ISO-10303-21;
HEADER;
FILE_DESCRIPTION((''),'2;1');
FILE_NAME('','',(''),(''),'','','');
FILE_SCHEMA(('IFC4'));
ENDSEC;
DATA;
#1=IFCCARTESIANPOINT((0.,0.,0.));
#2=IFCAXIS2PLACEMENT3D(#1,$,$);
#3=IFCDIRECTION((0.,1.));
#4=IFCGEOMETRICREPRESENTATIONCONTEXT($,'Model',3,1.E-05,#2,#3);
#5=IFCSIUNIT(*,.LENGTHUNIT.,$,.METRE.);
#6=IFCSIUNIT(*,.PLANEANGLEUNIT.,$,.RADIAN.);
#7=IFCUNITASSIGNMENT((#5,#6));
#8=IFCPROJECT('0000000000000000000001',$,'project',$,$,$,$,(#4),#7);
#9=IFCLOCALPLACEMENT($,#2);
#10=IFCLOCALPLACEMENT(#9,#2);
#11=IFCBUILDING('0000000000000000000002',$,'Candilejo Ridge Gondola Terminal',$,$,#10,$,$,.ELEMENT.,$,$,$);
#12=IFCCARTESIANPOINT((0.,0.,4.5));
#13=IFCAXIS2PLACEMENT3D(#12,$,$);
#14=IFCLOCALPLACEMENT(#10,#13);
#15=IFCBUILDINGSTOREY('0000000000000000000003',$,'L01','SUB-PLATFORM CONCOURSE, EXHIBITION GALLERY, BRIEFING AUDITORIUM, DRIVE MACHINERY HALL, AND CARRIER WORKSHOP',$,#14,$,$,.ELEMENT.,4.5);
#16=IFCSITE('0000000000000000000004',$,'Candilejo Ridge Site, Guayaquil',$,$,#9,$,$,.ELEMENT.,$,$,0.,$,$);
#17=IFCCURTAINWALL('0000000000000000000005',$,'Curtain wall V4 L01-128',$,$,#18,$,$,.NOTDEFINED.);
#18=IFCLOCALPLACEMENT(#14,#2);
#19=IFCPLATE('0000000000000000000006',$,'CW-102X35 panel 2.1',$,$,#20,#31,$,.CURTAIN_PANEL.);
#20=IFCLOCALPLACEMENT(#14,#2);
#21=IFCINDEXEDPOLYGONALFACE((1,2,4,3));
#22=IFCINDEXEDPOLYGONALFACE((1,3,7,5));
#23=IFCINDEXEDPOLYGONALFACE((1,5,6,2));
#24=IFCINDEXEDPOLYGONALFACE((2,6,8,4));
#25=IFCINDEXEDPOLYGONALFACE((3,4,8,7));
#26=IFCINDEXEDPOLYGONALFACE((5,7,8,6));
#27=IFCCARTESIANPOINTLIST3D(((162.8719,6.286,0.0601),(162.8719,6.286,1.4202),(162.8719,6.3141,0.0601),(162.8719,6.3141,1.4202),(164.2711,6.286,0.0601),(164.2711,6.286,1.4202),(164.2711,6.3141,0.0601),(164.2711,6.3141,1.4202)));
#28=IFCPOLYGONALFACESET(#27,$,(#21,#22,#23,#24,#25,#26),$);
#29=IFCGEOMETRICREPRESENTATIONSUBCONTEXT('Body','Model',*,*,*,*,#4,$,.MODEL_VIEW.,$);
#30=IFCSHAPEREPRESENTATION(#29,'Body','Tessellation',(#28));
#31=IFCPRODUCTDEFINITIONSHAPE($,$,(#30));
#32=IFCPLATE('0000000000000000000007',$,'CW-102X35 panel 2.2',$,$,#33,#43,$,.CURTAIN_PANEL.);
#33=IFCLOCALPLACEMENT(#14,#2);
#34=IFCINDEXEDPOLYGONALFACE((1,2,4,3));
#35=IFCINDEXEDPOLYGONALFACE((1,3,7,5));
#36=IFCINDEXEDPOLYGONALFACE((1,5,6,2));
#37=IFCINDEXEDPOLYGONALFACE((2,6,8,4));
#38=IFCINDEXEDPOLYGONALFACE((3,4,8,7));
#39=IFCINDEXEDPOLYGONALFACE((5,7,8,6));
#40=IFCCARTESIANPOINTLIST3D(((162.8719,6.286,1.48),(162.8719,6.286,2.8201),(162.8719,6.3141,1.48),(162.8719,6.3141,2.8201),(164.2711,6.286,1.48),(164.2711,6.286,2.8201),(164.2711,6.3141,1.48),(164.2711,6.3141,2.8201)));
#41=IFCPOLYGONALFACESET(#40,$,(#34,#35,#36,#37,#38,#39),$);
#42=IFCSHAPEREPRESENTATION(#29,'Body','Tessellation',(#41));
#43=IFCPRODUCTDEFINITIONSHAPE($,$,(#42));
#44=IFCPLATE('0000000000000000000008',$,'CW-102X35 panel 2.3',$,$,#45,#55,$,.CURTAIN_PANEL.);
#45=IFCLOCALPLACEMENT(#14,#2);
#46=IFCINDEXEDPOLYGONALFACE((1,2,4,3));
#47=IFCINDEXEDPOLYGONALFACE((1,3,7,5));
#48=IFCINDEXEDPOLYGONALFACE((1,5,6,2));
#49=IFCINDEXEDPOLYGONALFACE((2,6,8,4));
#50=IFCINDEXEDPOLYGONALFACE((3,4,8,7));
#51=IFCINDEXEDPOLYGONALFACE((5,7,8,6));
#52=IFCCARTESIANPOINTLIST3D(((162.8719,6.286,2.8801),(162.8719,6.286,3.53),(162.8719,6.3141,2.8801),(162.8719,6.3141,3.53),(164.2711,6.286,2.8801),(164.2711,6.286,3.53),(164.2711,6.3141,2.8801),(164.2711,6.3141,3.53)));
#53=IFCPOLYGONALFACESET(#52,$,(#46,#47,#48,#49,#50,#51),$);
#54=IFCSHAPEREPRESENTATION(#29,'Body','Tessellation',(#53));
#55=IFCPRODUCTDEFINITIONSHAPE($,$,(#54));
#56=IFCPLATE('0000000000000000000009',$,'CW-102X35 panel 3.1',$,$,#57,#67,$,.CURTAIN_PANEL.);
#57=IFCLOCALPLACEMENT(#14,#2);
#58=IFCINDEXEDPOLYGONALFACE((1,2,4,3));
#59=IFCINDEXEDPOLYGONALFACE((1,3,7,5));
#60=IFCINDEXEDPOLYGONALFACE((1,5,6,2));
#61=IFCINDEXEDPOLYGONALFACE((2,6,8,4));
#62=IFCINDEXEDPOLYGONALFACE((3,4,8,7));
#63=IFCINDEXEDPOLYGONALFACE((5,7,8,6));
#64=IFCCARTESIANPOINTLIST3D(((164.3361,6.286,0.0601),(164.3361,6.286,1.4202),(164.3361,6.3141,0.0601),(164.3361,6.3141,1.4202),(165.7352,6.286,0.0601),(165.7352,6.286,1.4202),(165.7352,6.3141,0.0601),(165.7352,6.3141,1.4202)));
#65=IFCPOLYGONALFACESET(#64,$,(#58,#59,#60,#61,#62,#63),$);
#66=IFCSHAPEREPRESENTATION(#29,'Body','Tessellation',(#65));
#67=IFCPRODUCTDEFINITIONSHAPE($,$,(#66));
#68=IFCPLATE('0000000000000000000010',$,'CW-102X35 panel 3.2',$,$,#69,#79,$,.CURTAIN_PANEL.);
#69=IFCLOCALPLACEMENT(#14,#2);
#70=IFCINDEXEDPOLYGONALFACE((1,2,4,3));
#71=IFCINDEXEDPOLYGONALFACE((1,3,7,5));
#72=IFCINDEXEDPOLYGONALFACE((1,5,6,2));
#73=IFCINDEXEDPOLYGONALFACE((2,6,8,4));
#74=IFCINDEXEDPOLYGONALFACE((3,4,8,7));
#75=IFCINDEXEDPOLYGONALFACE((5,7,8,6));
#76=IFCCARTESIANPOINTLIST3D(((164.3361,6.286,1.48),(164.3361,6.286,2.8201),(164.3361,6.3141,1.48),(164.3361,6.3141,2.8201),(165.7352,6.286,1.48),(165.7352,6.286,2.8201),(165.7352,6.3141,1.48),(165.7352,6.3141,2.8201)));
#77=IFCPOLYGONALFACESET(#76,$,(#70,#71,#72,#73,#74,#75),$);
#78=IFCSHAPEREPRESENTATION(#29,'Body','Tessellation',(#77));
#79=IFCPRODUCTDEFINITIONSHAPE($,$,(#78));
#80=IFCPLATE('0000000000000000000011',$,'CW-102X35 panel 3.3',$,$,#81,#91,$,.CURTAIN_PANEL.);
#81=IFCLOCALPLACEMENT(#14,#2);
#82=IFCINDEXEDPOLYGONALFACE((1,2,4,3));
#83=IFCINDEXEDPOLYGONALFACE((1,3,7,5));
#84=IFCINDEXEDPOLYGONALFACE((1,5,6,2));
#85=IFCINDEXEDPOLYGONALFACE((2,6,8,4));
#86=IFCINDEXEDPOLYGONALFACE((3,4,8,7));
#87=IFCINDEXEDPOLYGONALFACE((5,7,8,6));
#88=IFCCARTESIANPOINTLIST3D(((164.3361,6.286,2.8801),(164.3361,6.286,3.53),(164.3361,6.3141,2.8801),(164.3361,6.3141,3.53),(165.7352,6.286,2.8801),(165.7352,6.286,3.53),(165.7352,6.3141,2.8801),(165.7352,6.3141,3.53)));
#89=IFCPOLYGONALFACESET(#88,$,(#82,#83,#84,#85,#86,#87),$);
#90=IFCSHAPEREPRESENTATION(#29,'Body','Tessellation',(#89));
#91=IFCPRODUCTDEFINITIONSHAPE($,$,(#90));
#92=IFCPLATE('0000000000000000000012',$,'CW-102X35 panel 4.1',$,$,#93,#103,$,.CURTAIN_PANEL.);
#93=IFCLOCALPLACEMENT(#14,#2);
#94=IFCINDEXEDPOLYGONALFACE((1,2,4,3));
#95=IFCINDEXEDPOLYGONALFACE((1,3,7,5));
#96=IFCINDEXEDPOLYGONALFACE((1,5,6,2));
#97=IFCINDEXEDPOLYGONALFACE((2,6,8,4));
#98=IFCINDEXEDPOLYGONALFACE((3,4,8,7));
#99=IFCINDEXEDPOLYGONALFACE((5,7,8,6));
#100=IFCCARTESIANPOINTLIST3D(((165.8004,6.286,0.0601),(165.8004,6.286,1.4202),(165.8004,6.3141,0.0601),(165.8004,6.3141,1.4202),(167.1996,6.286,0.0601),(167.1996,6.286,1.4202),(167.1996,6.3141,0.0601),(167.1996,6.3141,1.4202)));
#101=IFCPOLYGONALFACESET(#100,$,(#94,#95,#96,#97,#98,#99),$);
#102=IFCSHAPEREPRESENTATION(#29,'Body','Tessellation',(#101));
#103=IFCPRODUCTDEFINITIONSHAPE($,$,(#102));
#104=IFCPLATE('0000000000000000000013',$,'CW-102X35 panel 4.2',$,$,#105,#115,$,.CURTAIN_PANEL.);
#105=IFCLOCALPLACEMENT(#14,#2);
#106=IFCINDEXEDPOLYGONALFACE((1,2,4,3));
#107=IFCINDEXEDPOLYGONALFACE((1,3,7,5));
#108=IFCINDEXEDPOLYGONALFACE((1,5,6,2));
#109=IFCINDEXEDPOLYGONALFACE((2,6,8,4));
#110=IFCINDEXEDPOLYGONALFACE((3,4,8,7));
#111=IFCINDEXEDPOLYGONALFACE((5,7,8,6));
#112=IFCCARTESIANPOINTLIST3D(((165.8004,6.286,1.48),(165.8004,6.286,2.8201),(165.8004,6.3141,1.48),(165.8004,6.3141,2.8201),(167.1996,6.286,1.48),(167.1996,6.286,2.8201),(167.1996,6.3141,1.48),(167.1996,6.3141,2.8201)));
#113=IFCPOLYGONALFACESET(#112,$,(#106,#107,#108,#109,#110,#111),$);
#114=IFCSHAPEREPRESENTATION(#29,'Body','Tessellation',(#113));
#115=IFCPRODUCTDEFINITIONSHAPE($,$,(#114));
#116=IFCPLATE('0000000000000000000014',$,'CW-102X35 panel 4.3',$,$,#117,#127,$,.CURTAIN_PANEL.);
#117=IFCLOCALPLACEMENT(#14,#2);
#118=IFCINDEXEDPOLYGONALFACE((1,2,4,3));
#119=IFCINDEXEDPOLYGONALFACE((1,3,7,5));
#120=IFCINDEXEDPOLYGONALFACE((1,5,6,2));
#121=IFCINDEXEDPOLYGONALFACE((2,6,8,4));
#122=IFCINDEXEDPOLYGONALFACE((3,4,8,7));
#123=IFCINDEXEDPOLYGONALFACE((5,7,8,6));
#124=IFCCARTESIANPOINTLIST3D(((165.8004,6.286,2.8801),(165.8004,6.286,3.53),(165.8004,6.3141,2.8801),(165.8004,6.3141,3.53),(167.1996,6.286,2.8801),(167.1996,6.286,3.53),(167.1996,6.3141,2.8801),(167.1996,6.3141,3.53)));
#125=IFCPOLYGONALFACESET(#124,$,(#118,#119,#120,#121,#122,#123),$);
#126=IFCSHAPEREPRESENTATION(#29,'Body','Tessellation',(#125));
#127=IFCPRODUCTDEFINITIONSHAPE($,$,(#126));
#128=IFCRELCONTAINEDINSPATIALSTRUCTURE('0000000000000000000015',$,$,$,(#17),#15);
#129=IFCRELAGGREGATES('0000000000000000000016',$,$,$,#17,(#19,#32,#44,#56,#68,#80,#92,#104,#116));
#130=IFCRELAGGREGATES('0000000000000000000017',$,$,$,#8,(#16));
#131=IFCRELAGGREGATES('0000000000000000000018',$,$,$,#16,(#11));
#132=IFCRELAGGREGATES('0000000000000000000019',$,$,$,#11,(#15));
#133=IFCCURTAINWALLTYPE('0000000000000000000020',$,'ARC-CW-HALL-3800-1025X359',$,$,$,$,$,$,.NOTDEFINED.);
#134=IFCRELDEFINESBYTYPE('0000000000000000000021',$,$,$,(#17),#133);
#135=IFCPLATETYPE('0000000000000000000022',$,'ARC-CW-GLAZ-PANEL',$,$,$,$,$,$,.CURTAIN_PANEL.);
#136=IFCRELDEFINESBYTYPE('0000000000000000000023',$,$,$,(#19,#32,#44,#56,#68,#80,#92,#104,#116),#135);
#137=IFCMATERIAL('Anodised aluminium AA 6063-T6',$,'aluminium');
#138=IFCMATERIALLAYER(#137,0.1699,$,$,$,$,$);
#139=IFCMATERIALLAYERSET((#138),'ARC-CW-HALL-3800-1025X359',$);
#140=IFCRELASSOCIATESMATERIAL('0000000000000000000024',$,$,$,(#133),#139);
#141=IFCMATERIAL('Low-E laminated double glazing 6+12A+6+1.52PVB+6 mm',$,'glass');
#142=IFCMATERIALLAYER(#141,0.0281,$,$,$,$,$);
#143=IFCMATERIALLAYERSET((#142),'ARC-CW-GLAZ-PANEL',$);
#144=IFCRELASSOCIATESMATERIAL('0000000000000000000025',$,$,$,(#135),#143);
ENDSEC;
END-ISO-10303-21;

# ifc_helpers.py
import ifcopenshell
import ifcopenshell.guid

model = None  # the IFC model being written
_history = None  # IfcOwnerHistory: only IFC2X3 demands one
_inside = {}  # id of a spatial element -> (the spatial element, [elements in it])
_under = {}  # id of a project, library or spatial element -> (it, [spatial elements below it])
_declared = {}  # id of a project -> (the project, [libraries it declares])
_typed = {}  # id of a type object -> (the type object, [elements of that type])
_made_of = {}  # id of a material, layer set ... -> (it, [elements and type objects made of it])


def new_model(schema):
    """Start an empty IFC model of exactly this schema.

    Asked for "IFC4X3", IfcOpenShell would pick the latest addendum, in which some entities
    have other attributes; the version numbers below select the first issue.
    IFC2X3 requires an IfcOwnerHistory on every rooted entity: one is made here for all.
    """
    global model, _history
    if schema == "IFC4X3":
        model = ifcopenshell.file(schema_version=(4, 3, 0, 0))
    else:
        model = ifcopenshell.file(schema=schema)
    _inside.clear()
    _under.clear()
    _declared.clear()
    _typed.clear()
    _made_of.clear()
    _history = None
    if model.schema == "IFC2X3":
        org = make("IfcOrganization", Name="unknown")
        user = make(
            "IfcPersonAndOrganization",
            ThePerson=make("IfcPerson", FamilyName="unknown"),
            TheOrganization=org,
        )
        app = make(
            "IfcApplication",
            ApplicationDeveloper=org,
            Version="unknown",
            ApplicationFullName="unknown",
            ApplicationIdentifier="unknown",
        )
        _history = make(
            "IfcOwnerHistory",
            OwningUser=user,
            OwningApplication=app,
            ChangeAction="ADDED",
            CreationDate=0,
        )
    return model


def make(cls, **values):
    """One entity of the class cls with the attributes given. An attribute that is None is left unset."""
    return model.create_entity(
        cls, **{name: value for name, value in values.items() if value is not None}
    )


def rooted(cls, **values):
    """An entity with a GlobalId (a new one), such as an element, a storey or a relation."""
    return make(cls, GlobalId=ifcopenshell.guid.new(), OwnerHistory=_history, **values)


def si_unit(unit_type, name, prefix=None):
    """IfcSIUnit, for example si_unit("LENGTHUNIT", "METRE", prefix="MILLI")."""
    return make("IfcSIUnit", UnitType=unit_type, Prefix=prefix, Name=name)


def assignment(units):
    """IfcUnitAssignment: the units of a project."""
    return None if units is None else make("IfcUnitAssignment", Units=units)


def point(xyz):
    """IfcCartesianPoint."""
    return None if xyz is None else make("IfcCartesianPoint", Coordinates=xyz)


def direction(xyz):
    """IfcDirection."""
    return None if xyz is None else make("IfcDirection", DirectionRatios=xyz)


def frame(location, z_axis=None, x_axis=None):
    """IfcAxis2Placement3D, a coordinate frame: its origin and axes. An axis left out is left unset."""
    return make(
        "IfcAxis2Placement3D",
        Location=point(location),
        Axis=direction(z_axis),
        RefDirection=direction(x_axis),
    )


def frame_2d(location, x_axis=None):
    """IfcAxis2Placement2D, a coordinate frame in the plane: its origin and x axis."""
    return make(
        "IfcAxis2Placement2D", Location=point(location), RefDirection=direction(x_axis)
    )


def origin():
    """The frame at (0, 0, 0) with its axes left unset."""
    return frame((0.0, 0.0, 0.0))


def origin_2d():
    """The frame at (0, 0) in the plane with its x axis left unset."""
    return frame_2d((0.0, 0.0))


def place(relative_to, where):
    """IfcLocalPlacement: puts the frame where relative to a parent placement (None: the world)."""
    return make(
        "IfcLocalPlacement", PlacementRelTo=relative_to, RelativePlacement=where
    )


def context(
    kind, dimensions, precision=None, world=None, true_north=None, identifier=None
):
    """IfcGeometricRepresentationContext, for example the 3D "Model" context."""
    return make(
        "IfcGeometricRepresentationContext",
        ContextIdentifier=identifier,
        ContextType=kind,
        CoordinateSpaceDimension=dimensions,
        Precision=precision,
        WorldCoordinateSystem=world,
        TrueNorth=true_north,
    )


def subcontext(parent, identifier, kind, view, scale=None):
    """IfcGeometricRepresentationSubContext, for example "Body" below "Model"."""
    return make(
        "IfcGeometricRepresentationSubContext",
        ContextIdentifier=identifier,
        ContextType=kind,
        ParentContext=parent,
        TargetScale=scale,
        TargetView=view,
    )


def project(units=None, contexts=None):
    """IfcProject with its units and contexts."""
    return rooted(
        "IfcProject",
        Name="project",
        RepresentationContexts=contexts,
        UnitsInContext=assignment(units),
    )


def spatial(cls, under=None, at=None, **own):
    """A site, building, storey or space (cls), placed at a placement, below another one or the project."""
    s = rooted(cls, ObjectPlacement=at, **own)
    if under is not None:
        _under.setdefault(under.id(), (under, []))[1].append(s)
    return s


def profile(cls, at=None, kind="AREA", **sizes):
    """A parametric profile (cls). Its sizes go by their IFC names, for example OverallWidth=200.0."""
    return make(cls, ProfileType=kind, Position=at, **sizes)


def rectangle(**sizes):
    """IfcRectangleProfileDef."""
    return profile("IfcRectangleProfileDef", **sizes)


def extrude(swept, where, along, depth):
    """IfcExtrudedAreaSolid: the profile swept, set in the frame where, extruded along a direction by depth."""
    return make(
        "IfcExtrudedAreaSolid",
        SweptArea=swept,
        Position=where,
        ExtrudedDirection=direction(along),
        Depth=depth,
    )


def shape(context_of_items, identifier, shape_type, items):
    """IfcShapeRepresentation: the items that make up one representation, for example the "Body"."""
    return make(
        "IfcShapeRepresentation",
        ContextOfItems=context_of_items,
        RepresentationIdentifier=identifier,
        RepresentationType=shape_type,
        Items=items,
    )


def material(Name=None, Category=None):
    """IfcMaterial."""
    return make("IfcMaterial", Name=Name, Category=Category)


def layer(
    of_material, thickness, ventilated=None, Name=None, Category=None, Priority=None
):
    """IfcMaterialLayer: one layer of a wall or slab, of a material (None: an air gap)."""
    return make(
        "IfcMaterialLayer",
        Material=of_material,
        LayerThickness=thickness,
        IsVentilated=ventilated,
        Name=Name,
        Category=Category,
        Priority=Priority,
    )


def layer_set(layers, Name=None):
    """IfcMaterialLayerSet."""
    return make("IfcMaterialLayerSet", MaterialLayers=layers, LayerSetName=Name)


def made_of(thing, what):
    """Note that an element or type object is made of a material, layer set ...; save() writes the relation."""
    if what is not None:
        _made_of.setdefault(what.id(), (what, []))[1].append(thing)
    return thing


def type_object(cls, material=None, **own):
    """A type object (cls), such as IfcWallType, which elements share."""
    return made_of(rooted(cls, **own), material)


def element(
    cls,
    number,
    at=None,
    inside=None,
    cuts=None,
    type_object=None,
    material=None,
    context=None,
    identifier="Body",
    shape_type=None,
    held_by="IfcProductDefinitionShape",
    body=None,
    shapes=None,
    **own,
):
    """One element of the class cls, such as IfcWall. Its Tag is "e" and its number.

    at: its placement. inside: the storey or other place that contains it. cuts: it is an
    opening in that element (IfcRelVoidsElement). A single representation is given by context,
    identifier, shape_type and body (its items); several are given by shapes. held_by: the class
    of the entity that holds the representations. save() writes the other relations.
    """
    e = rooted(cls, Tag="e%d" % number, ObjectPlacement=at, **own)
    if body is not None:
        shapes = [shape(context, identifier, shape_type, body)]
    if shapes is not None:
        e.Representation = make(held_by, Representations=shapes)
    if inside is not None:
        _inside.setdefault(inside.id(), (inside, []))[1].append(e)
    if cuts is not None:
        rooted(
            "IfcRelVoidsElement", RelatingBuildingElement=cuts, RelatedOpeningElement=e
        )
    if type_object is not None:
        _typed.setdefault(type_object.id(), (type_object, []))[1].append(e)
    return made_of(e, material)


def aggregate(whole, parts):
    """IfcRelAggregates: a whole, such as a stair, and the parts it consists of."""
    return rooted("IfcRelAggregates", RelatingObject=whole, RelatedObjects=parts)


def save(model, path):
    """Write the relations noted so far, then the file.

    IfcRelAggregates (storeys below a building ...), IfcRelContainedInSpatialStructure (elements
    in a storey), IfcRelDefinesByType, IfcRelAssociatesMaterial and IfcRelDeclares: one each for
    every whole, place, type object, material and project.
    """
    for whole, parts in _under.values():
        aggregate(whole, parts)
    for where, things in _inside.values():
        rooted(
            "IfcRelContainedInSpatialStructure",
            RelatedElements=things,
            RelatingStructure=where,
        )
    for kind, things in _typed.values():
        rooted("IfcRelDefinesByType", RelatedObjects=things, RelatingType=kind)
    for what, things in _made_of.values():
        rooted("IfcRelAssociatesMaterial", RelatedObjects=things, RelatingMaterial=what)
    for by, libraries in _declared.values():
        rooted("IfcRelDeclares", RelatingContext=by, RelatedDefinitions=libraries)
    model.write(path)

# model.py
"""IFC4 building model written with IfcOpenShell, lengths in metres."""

from ifc_helpers import new_model, si_unit, direction, frame, origin, origin_2d, place, context, subcontext, project, spatial, rectangle, extrude, material, layer, layer_set, type_object, element, aggregate, save


model = new_model("IFC4")

# Units and contexts
model_context = context("Model", 3, precision=1e-05, world=origin(), true_north=direction((0.0, 1.0)))
body_context = subcontext(model_context, "Body", "Model", "MODEL_VIEW")
ifc_project = project(units=[si_unit("LENGTHUNIT", "METRE"), si_unit("PLANEANGLEUNIT", "RADIAN")], contexts=[model_context])

# Site, building, storey
site_placement = place(None, origin())
site = spatial("IfcSite", under=ifc_project, at=site_placement, Name="Candilejo Ridge Site, Guayaquil", CompositionType="ELEMENT", RefElevation=0.0)
building_placement = place(site_placement, origin())
building = spatial("IfcBuilding", under=site, at=building_placement, Name="Candilejo Ridge Gondola Terminal", CompositionType="ELEMENT")
storey_placement = place(building_placement, frame((0.0, 0.0, 4.5)))
storey = spatial("IfcBuildingStorey", under=building, at=storey_placement, Name="L01", Description="SUB-PLATFORM CONCOURSE, EXHIBITION GALLERY, BRIEFING AUDITORIUM, DRIVE MACHINERY HALL, AND CARRIER WORKSHOP", CompositionType="ELEMENT", Elevation=4.5)

# Curtain wall, plates
ifc_material_1 = material(Name="Anodised aluminium AA 6063-T6", Category="aluminium")
ifc_layer_1 = layer(ifc_material_1, 0.1699)
ifc_layer_set_1 = layer_set([ifc_layer_1], Name="ARC-CW-HALL-3800-1025X359")
curtain_wall_type = type_object("IfcCurtainWallType", Name="ARC-CW-HALL-3800-1025X359", PredefinedType="NOTDEFINED", material=ifc_layer_set_1)
curtain_wall_placement = place(storey_placement, origin())
curtain_wall = element("IfcCurtainWall", 1, at=curtain_wall_placement, inside=storey, type_object=curtain_wall_type, Name="Curtain wall V4 L01-128", PredefinedType="NOTDEFINED")
ifc_material_2 = material(Name="Low-E laminated double glazing 6+12A+6+1.52PVB+6 mm", Category="glass")
ifc_layer_2 = layer(ifc_material_2, 0.0281)
ifc_layer_set_2 = layer_set([ifc_layer_2], Name="ARC-CW-GLAZ-PANEL")
plate_type = type_object("IfcPlateType", Name="ARC-CW-GLAZ-PANEL", PredefinedType="CURTAIN_PANEL", material=ifc_layer_set_2)
plate_1_placement = place(storey_placement, frame((163.5715, 6.3, 0.0601), z_axis=(0.0, 0.0, 1.0), x_axis=(1.0, 0.0, 0.0)))
plate_1 = element("IfcPlate", 2, at=plate_1_placement, type_object=plate_type, Name="CW-102X35 panel 2.1", PredefinedType="CURTAIN_PANEL", context=body_context, shape_type="SweptSolid", body=[
    extrude(rectangle(XDim=1.3992, YDim=0.0281, at=origin_2d()), origin(), (0.0, 0.0, 1.0), 1.3601),
])
plate_2_placement = place(storey_placement, frame((163.5715, 6.3, 1.48), z_axis=(0.0, 0.0, 1.0), x_axis=(1.0, 0.0, 0.0)))
plate_2 = element("IfcPlate", 3, at=plate_2_placement, type_object=plate_type, Name="CW-102X35 panel 2.2", PredefinedType="CURTAIN_PANEL", context=body_context, shape_type="SweptSolid", body=[
    extrude(rectangle(XDim=1.3992, YDim=0.0281, at=origin_2d()), origin(), (0.0, 0.0, 1.0), 1.3401),
])
plate_3_placement = place(storey_placement, frame((163.5715, 6.3, 2.8801), z_axis=(0.0, 0.0, 1.0), x_axis=(1.0, 0.0, 0.0)))
plate_3 = element("IfcPlate", 4, at=plate_3_placement, type_object=plate_type, Name="CW-102X35 panel 2.3", PredefinedType="CURTAIN_PANEL", context=body_context, shape_type="SweptSolid", body=[
    extrude(rectangle(XDim=1.3992, YDim=0.0281, at=origin_2d()), origin(), (0.0, 0.0, 1.0), 0.6499),
])
plate_4_placement = place(storey_placement, frame((165.0356, 6.3, 0.0601), z_axis=(0.0, 0.0, 1.0), x_axis=(1.0, 0.0, 0.0)))
plate_4 = element("IfcPlate", 5, at=plate_4_placement, type_object=plate_type, Name="CW-102X35 panel 3.1", PredefinedType="CURTAIN_PANEL", context=body_context, shape_type="SweptSolid", body=[
    extrude(rectangle(XDim=1.3992, YDim=0.0281, at=origin_2d()), origin(), (0.0, 0.0, 1.0), 1.3601),
])
plate_5_placement = place(storey_placement, frame((165.0356, 6.3, 1.48), z_axis=(0.0, 0.0, 1.0), x_axis=(1.0, 0.0, 0.0)))
plate_5 = element("IfcPlate", 6, at=plate_5_placement, type_object=plate_type, Name="CW-102X35 panel 3.2", PredefinedType="CURTAIN_PANEL", context=body_context, shape_type="SweptSolid", body=[
    extrude(rectangle(XDim=1.3992, YDim=0.0281, at=origin_2d()), origin(), (0.0, 0.0, 1.0), 1.3401),
])
plate_6_placement = place(storey_placement, frame((165.0356, 6.3, 2.8801), z_axis=(0.0, 0.0, 1.0), x_axis=(1.0, 0.0, 0.0)))
plate_6 = element("IfcPlate", 7, at=plate_6_placement, type_object=plate_type, Name="CW-102X35 panel 3.3", PredefinedType="CURTAIN_PANEL", context=body_context, shape_type="SweptSolid", body=[
    extrude(rectangle(XDim=1.3992, YDim=0.0281, at=origin_2d()), origin(), (0.0, 0.0, 1.0), 0.6499),
])
plate_7_placement = place(storey_placement, frame((166.5, 6.3, 0.0601), z_axis=(0.0, 0.0, 1.0), x_axis=(1.0, 0.0, 0.0)))
plate_7 = element("IfcPlate", 8, at=plate_7_placement, type_object=plate_type, Name="CW-102X35 panel 4.1", PredefinedType="CURTAIN_PANEL", context=body_context, shape_type="SweptSolid", body=[
    extrude(rectangle(XDim=1.3992, YDim=0.0281, at=origin_2d()), origin(), (0.0, 0.0, 1.0), 1.3601),
])
plate_8_placement = place(storey_placement, frame((166.5, 6.3, 1.48), z_axis=(0.0, 0.0, 1.0), x_axis=(1.0, 0.0, 0.0)))
plate_8 = element("IfcPlate", 9, at=plate_8_placement, type_object=plate_type, Name="CW-102X35 panel 4.2", PredefinedType="CURTAIN_PANEL", context=body_context, shape_type="SweptSolid", body=[
    extrude(rectangle(XDim=1.3992, YDim=0.0281, at=origin_2d()), origin(), (0.0, 0.0, 1.0), 1.3401),
])
plate_9_placement = place(storey_placement, frame((166.5, 6.3, 2.8801), z_axis=(0.0, 0.0, 1.0), x_axis=(1.0, 0.0, 0.0)))
plate_9 = element("IfcPlate", 10, at=plate_9_placement, type_object=plate_type, Name="CW-102X35 panel 4.3", PredefinedType="CURTAIN_PANEL", context=body_context, shape_type="SweptSolid", body=[
    extrude(rectangle(XDim=1.3992, YDim=0.0281, at=origin_2d()), origin(), (0.0, 0.0, 1.0), 0.6499),
])
aggregate(curtain_wall, [plate_1, plate_2, plate_3, plate_4, plate_5, plate_6, plate_7, plate_8, plate_9])

save(model, "model.ifc")
